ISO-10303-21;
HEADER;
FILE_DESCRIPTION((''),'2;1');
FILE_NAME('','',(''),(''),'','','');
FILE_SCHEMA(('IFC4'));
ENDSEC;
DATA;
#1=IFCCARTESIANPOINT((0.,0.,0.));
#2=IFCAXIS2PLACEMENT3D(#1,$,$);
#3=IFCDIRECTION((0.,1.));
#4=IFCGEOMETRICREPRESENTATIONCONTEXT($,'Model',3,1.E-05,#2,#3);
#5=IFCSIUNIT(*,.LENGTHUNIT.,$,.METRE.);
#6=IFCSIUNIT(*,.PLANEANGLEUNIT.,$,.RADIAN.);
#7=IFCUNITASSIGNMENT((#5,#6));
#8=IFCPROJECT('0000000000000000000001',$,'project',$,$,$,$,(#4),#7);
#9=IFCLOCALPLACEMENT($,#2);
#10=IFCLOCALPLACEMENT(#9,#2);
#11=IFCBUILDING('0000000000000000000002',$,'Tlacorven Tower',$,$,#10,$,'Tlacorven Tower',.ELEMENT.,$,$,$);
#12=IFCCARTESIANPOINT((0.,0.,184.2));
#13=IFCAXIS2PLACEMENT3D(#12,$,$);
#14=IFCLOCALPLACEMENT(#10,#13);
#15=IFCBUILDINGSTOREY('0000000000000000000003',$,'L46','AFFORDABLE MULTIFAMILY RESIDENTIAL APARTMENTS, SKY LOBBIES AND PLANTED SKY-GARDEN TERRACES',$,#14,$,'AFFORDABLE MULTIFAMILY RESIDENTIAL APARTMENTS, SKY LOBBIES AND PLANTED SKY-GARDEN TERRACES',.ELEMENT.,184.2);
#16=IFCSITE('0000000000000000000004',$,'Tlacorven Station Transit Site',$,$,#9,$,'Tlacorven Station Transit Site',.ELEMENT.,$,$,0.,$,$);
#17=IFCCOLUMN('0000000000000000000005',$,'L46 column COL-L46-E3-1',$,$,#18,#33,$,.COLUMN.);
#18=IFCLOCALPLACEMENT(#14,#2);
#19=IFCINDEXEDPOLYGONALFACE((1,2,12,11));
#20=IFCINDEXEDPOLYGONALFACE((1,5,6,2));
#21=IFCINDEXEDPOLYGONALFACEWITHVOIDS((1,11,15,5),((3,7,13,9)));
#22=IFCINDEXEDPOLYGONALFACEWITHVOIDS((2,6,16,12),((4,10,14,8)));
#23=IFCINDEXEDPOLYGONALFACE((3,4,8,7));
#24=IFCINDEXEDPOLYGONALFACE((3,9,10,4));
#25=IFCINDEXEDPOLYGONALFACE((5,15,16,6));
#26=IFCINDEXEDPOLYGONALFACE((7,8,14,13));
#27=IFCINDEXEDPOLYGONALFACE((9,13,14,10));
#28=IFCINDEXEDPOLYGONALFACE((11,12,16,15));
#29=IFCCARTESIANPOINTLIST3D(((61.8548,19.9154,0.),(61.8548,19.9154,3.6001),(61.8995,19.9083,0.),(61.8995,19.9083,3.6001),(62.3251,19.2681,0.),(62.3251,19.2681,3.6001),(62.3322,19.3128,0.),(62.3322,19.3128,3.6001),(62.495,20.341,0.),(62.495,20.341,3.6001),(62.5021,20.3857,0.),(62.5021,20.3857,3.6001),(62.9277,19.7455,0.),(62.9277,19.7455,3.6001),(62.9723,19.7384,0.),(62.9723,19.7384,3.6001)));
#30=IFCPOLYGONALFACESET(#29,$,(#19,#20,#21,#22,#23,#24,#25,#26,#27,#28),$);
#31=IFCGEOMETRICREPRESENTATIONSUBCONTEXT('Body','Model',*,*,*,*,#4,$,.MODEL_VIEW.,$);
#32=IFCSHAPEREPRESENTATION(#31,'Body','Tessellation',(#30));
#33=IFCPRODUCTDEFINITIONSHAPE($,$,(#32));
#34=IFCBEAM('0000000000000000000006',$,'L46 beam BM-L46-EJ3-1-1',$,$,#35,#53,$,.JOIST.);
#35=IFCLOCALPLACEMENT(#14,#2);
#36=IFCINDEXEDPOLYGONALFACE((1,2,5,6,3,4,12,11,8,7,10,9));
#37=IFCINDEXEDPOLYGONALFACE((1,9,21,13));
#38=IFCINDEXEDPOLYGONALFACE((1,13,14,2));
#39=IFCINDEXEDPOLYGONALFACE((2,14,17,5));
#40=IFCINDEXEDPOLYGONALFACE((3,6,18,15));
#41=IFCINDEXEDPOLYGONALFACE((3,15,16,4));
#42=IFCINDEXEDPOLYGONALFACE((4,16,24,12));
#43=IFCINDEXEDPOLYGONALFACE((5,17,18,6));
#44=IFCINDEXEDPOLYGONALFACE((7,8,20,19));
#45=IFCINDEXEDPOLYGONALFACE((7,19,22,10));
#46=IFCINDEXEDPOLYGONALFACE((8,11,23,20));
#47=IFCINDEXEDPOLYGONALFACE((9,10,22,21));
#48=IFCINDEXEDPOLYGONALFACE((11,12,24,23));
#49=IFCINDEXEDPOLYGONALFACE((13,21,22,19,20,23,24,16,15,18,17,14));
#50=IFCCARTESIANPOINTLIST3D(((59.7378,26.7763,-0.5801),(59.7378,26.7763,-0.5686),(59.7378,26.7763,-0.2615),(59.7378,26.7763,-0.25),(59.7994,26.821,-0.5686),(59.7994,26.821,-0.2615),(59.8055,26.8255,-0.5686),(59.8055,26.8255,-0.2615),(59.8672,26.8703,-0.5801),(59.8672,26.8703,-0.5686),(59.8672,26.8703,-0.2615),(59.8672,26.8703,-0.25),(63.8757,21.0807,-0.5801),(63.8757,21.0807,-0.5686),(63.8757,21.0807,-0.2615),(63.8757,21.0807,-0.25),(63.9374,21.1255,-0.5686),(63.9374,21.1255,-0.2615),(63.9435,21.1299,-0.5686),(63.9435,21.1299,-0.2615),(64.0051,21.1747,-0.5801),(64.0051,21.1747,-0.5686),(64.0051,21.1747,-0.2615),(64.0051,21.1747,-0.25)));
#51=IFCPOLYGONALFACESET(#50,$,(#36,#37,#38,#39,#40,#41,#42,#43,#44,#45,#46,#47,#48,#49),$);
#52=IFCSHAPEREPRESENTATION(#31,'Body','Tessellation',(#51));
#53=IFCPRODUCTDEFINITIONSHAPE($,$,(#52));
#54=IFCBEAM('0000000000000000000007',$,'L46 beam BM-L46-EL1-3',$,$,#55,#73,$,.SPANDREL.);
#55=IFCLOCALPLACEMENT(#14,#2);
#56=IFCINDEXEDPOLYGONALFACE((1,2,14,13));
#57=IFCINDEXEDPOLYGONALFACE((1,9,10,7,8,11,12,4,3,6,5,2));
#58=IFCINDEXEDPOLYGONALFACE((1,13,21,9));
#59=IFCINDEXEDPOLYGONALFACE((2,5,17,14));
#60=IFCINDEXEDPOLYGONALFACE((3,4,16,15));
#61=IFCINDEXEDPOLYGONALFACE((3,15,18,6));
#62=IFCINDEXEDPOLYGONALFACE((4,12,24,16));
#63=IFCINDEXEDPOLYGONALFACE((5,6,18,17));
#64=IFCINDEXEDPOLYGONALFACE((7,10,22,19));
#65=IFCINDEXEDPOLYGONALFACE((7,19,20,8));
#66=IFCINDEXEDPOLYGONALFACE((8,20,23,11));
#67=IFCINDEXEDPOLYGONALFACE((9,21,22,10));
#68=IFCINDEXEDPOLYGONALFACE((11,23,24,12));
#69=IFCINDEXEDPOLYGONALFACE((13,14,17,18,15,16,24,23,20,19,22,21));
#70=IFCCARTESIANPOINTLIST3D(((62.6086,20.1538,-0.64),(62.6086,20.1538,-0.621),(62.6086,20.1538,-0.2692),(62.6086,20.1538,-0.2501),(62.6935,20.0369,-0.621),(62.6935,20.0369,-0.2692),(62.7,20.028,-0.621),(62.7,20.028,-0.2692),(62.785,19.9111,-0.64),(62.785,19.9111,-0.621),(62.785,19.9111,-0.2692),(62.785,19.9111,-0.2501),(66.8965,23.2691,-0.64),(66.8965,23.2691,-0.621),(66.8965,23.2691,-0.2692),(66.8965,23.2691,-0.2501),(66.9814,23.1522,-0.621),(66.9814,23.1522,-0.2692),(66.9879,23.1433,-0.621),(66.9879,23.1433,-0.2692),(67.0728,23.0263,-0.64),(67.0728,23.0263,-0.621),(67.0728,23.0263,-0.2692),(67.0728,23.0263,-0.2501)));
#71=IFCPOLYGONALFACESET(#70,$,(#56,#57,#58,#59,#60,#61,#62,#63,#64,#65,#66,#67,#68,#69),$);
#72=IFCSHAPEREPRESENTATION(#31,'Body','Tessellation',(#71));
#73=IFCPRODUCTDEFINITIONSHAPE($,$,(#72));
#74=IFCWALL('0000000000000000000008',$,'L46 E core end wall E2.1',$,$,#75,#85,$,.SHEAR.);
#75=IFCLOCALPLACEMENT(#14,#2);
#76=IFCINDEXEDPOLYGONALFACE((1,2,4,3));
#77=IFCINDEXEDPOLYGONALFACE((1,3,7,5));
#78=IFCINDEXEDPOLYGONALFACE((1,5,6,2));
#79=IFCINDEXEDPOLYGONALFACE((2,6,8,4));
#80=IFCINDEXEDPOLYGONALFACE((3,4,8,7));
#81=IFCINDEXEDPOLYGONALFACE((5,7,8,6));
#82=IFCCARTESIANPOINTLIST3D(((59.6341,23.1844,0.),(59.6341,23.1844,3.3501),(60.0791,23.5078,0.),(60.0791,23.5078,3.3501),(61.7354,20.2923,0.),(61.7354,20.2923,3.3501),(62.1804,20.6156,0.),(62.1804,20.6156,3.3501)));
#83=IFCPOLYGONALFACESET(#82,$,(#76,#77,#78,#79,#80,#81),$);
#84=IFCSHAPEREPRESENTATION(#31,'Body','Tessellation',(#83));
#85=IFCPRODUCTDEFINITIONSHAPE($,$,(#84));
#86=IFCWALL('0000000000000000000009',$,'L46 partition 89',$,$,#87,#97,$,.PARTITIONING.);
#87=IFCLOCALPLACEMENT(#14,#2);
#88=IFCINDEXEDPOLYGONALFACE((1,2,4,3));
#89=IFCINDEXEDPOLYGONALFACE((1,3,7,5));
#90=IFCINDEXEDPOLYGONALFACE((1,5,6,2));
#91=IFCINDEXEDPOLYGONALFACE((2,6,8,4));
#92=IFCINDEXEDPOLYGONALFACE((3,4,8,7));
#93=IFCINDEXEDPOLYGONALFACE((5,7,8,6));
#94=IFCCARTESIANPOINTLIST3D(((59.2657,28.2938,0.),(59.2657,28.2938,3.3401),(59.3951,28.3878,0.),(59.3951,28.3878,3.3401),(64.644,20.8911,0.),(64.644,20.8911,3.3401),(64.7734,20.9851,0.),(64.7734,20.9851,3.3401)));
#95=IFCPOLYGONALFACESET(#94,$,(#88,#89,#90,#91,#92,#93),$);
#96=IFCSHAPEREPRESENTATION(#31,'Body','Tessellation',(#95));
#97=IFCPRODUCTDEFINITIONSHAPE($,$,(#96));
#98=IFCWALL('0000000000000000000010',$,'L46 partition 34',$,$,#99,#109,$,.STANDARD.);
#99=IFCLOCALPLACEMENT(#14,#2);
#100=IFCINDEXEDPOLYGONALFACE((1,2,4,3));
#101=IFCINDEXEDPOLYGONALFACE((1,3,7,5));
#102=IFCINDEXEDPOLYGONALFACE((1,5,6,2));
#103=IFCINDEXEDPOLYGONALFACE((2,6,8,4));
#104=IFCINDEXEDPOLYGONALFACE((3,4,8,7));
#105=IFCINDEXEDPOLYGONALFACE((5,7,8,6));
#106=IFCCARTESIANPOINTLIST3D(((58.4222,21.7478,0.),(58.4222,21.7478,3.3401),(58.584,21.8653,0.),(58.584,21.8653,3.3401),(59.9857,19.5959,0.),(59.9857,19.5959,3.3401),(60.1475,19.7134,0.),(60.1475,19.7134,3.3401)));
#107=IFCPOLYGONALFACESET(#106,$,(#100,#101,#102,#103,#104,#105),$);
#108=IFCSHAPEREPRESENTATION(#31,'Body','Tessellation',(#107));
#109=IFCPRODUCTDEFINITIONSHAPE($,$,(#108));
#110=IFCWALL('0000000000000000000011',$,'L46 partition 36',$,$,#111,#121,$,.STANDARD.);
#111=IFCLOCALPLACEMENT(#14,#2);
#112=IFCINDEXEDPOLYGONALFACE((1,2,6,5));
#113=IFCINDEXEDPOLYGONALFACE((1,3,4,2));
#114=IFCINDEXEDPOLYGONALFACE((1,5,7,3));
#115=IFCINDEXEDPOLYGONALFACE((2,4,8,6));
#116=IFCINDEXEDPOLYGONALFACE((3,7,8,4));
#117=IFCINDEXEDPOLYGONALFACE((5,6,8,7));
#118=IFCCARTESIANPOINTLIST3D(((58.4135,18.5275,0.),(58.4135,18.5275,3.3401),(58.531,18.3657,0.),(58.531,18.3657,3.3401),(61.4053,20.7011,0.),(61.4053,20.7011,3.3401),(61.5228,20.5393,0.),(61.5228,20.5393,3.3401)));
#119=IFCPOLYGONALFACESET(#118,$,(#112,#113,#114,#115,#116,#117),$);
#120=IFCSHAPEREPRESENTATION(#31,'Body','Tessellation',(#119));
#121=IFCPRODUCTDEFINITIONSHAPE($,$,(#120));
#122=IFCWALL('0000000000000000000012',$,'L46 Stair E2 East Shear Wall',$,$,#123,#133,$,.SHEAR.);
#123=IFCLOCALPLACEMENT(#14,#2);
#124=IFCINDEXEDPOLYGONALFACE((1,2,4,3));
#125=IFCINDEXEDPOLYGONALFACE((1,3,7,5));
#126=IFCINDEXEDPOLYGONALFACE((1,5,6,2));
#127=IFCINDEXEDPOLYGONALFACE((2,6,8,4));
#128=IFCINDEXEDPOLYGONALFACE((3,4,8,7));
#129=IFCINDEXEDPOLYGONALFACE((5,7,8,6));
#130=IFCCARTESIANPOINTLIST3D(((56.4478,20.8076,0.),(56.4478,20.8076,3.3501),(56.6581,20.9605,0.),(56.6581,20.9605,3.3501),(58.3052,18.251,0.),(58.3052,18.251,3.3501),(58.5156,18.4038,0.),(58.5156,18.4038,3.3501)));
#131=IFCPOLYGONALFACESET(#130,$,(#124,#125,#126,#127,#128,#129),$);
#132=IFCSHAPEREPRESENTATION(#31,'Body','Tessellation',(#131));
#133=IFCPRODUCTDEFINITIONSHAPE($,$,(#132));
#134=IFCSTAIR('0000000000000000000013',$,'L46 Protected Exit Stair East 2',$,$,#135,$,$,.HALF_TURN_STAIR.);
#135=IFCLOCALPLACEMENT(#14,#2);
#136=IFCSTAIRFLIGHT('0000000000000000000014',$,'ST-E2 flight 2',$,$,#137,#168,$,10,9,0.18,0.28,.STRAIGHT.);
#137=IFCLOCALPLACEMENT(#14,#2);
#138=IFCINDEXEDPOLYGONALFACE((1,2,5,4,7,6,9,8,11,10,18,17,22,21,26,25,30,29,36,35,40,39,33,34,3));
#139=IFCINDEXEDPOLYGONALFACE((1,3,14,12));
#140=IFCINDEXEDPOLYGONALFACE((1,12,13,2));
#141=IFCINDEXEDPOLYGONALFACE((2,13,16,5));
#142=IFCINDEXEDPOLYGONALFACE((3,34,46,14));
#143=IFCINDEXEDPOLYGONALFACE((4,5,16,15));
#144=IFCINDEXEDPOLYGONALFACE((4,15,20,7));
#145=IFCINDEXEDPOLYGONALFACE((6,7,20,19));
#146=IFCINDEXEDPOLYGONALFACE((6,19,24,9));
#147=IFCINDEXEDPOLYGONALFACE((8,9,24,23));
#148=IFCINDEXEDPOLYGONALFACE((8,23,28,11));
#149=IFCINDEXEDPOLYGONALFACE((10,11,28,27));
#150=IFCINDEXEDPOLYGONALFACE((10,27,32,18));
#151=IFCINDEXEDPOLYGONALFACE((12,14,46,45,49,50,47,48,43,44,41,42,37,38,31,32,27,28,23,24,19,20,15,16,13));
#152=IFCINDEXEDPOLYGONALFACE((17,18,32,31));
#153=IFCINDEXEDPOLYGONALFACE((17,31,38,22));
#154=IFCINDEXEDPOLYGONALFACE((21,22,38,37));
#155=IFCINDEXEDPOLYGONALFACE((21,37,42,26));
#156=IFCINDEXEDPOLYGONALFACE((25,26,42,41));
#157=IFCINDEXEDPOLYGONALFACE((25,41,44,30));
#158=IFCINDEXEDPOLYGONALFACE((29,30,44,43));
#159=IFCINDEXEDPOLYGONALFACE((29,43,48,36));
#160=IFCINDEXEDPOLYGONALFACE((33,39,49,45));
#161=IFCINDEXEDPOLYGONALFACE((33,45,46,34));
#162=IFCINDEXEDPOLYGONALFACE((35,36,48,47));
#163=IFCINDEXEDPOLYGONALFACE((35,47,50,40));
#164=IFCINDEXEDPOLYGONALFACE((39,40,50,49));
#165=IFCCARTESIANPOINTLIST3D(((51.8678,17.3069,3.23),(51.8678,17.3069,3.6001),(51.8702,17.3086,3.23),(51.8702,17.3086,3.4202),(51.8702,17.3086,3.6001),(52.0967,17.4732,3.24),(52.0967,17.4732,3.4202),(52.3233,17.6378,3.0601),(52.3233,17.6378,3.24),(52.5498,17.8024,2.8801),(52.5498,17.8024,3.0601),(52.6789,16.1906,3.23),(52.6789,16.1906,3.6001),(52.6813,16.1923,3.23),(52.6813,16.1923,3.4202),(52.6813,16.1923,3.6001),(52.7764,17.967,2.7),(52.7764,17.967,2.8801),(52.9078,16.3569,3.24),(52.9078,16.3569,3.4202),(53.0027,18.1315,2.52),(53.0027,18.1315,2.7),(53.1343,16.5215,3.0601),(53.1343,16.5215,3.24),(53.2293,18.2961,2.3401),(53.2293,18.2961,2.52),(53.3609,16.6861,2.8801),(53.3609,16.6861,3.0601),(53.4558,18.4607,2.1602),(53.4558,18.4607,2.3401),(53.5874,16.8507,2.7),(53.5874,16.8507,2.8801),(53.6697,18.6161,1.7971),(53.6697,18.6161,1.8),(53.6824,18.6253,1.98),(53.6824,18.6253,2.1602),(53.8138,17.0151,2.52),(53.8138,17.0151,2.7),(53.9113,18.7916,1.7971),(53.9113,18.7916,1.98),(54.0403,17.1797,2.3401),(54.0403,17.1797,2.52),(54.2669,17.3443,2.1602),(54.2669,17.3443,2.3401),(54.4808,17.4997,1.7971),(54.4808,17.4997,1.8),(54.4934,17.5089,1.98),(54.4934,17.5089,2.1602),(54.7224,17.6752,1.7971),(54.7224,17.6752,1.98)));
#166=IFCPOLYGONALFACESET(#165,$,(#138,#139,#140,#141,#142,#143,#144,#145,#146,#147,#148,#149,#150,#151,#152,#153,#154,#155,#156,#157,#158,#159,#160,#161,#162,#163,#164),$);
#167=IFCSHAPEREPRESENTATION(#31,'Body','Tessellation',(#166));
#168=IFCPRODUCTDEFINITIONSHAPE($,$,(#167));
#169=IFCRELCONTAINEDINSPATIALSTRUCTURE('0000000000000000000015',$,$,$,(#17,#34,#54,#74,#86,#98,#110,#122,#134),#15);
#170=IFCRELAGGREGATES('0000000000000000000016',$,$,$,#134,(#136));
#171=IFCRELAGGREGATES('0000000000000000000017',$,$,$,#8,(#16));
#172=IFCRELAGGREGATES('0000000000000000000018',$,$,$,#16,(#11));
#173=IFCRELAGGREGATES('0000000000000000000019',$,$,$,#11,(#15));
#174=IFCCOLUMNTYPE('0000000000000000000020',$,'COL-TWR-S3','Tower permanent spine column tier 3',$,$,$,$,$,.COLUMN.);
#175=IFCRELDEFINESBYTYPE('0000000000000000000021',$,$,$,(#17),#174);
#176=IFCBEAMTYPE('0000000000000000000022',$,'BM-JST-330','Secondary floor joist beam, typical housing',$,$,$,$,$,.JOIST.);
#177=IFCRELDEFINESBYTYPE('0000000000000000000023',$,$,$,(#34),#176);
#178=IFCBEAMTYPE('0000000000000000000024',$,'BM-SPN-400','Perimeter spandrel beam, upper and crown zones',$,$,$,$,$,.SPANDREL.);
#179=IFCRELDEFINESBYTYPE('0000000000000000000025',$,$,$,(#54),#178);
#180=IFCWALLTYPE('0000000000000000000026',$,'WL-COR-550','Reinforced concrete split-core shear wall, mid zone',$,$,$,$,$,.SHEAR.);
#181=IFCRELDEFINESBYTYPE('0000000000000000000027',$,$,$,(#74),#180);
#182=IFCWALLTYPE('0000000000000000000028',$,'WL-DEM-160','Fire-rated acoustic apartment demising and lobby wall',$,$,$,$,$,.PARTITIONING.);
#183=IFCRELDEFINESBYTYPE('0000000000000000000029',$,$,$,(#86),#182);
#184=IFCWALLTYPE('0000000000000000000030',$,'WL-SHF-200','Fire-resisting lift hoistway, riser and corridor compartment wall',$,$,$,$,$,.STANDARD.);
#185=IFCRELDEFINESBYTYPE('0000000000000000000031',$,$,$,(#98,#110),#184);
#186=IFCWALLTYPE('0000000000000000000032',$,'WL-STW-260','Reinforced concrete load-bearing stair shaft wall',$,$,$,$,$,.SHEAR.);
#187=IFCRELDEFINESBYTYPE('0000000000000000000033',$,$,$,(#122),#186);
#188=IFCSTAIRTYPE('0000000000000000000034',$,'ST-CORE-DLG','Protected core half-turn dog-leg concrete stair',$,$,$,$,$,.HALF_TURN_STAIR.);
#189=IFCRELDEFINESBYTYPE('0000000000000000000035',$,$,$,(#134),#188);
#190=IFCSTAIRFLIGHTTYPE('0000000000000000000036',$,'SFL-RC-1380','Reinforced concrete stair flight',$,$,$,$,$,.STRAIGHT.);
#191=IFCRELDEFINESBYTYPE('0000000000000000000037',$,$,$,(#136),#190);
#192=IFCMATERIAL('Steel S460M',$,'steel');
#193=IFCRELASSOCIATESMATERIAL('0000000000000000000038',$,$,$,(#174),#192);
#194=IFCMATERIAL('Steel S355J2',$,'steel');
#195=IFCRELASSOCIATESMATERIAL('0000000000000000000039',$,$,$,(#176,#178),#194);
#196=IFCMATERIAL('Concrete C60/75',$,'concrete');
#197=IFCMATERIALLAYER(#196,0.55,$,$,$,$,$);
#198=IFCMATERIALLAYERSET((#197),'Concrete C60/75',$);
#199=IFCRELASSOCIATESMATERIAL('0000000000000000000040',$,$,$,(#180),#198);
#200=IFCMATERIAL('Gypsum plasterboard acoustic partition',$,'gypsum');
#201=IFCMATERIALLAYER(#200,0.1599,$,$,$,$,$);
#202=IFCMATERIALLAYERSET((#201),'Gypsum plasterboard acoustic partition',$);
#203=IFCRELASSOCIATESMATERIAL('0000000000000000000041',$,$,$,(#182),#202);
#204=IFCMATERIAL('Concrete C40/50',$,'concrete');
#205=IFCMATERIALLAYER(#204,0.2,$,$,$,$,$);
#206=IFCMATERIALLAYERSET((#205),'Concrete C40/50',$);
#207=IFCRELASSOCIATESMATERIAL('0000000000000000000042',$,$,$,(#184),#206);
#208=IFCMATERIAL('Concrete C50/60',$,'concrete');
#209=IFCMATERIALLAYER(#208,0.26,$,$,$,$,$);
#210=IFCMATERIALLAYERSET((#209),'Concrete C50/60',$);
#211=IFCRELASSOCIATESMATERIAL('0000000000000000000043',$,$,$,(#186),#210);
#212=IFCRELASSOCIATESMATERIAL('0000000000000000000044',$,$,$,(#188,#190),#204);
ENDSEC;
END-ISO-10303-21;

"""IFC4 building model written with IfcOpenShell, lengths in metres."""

from ifc_helpers import new_model, si_unit, direction, frame, frame_2d, origin, origin_2d, place, context, subcontext, project, spatial, polyline, rectangle, hollow_rectangle, i_section, outline, extrude, source, transform, mapped, material, layer, layer_set, material_profile, profile_set, type_object, element, aggregate, save


model = new_model("IFC4")

# Units and contexts
model_context = context("Model", 3, precision=1e-05, world=origin(), true_north=direction((0.0, 1.0)))
body_context = subcontext(model_context, "Body", "Model", "MODEL_VIEW")
ifc_project = project(units=[si_unit("LENGTHUNIT", "METRE"), si_unit("PLANEANGLEUNIT", "RADIAN")], contexts=[model_context])

# Site, building, storey
site_placement = place(None, origin())
site = spatial("IfcSite", under=ifc_project, at=site_placement, Name="Tlacorven Station Transit Site", LongName="Tlacorven Station Transit Site", CompositionType="ELEMENT", RefElevation=0.0)
building_placement = place(site_placement, origin())
building = spatial("IfcBuilding", under=site, at=building_placement, Name="Tlacorven Tower", LongName="Tlacorven Tower", CompositionType="ELEMENT")
storey_placement = place(building_placement, frame((0.0, 0.0, 184.2)))
storey = spatial("IfcBuildingStorey", under=building, at=storey_placement, Name="L46", Description="AFFORDABLE MULTIFAMILY RESIDENTIAL APARTMENTS, SKY LOBBIES AND PLANTED SKY-GARDEN TERRACES", LongName="AFFORDABLE MULTIFAMILY RESIDENTIAL APARTMENTS, SKY LOBBIES AND PLANTED SKY-GARDEN TERRACES", CompositionType="ELEMENT", Elevation=184.2)

# Column
ifc_material_1 = material(Name="Steel S460M", Category="steel")
ifc_material_profile_1 = material_profile(ifc_material_1, hollow_rectangle(XDim=0.8, YDim=0.8, WallThickness=0.032, at=origin_2d()), Name="BOX 800X800X32")
ifc_profile_set_1 = profile_set([ifc_material_profile_1], Name="Steel S460M")
column_type = type_object("IfcColumnType", Name="COL-TWR-S3", Description="Tower permanent spine column tier 3", PredefinedType="COLUMN", material=ifc_profile_set_1)
shared_shape_1 = source(origin(), body_context, "Body", "SweptSolid", [
    extrude(hollow_rectangle(XDim=0.8, YDim=0.8, WallThickness=0.032, at=origin_2d()), origin(), (0.0, 0.0, 1.0), 3.6001),
])
column_placement = place(storey_placement, frame((62.4136, 19.8269, 0.0), z_axis=(0.0, 0.0, 1.0), x_axis=(0.809017, 0.587785, 0.0)))
element("IfcColumn", 1, at=column_placement, inside=storey, type_object=column_type, Name="L46 column COL-L46-E3-1", PredefinedType="COLUMN", context=body_context, shape_type="MappedRepresentation", body=[
    mapped(shared_shape_1, transform((0.0, 0.0, 0.0), scale=1.0)),
])

# Beams
ifc_material_2 = material(Name="Steel S355J2", Category="steel")
ifc_material_profile_2 = material_profile(ifc_material_2, i_section(OverallWidth=0.1599, OverallDepth=0.3301, WebThickness=0.0076, FlangeThickness=0.0115, at=origin_2d()), Name="IPE 330")
ifc_profile_set_2 = profile_set([ifc_material_profile_2], Name="Steel S355J2")
beam_type_1 = type_object("IfcBeamType", Name="BM-JST-330", Description="Secondary floor joist beam, typical housing", PredefinedType="JOIST", material=ifc_profile_set_2)
shared_shape_2 = source(origin(), body_context, "Body", "SweptSolid", [
    extrude(i_section(OverallWidth=0.1599, OverallDepth=0.3301, WebThickness=0.0076, FlangeThickness=0.0115, at=origin_2d()), origin(), (0.0, 0.0, 1.0), 7.04),
])
beam_1_placement = place(storey_placement, frame((63.9404, 21.1277, -0.415), z_axis=(-0.587774, 0.809025, 0.0), x_axis=(-0.809025, -0.587774, 0.0)))
element("IfcBeam", 2, at=beam_1_placement, inside=storey, type_object=beam_type_1, Name="L46 beam BM-L46-EJ3-1-1", PredefinedType="JOIST", context=body_context, shape_type="MappedRepresentation", body=[
    mapped(shared_shape_2, transform((0.0, 0.0, 0.0), scale=1.0)),
])
ifc_material_profile_3 = material_profile(ifc_material_2, i_section(OverallWidth=0.3, OverallDepth=0.3899, WebThickness=0.011, FlangeThickness=0.019, at=origin_2d()), Name="HEA 400")
ifc_profile_set_3 = profile_set([ifc_material_profile_3], Name="Steel S355J2")
beam_type_2 = type_object("IfcBeamType", Name="BM-SPN-400", Description="Perimeter spandrel beam, upper and crown zones", PredefinedType="SPANDREL", material=ifc_profile_set_3)
shared_shape_3 = source(origin(), body_context, "Body", "SweptSolid", [
    extrude(i_section(OverallWidth=0.3, OverallDepth=0.3899, WebThickness=0.011, FlangeThickness=0.019, at=origin_2d()), origin(), (0.0, 0.0, 1.0), 5.3),
])
beam_2_placement = place(storey_placement, frame((62.6968, 20.0325, -0.4451), z_axis=(0.809023, 0.587777, 0.0), x_axis=(-0.587777, 0.809023, 0.0)))
element("IfcBeam", 3, at=beam_2_placement, inside=storey, type_object=beam_type_2, Name="L46 beam BM-L46-EL1-3", PredefinedType="SPANDREL", context=body_context, shape_type="MappedRepresentation", body=[
    mapped(shared_shape_3, transform((0.0, 0.0, 0.0), scale=1.0)),
])

# Walls
ifc_material_3 = material(Name="Concrete C60/75", Category="concrete")
ifc_layer_1 = layer(ifc_material_3, 0.55)
ifc_layer_set_1 = layer_set([ifc_layer_1], Name="Concrete C60/75")
wall_type_1 = type_object("IfcWallType", Name="WL-COR-550", Description="Reinforced concrete split-core shear wall, mid zone", PredefinedType="SHEAR", material=ifc_layer_set_1)
wall_1_placement = place(storey_placement, frame((61.958, 20.4539, 0.0), z_axis=(0.0, 0.0, 1.0), x_axis=(-0.587802, 0.809005, 0.0)))
element("IfcWall", 4, at=wall_1_placement, inside=storey, type_object=wall_type_1, Name="L46 E core end wall E2.1", PredefinedType="SHEAR", context=body_context, shape_type="SweptSolid", body=[
    extrude(rectangle(XDim=3.575, YDim=0.55, at=frame_2d((1.7876, 0.0))), origin(), (0.0, 0.0, 1.0), 3.3501),
])
ifc_material_4 = material(Name="Gypsum plasterboard acoustic partition", Category="gypsum")
ifc_layer_2 = layer(ifc_material_4, 0.1599)
ifc_layer_set_2 = layer_set([ifc_layer_2], Name="Gypsum plasterboard acoustic partition")
wall_type_2 = type_object("IfcWallType", Name="WL-DEM-160", Description="Fire-rated acoustic apartment demising and lobby wall", PredefinedType="PARTITIONING", material=ifc_layer_set_2)
wall_2_placement = place(storey_placement, frame((64.7087, 20.938, 0.0), z_axis=(0.0, 0.0, 1.0), x_axis=(-0.587777, 0.809023, 0.0)))
element("IfcWall", 5, at=wall_2_placement, inside=storey, type_object=wall_type_2, Name="L46 partition 89", PredefinedType="PARTITIONING", context=body_context, shape_type="SweptSolid", body=[
    extrude(rectangle(XDim=9.1501, YDim=0.1599, at=frame_2d((4.5752, 0.0))), origin(), (0.0, 0.0, 1.0), 3.3401),
])

# Shared definitions
ifc_material_5 = material(Name="Concrete C40/50", Category="concrete")
ifc_layer_3 = layer(ifc_material_5, 0.2)
ifc_layer_set_3 = layer_set([ifc_layer_3], Name="Concrete C40/50")
wall_type_3 = type_object("IfcWallType", Name="WL-SHF-200", Description="Fire-resisting lift hoistway, riser and corridor compartment wall", PredefinedType="STANDARD", material=ifc_layer_set_3)

# Walls
wall_3_placement = place(storey_placement, frame((60.0667, 19.6545, 0.0), z_axis=(0.0, 0.0, 1.0), x_axis=(-0.587801, 0.809006, 0.0)))
element("IfcWall", 6, at=wall_3_placement, inside=storey, type_object=wall_type_3, Name="L46 partition 34", PredefinedType="STANDARD", context=body_context, shape_type="SweptSolid", body=[
    extrude(rectangle(XDim=2.6599, YDim=0.2, at=frame_2d((1.3301, 0.0))), origin(), (0.0, 0.0, 1.0), 3.3401),
])
wall_4_placement = place(storey_placement, frame((58.4722, 18.4465, 0.0), z_axis=(0.0, 0.0, 1.0), x_axis=(0.809019, 0.587783, 0.0)))
element("IfcWall", 7, at=wall_4_placement, inside=storey, type_object=wall_type_3, Name="L46 partition 36", PredefinedType="STANDARD", context=body_context, shape_type="SweptSolid", body=[
    extrude(rectangle(XDim=3.698, YDim=0.2, at=frame_2d((1.8491, 0.0))), origin(), (0.0, 0.0, 1.0), 3.3401),
])
ifc_material_6 = material(Name="Concrete C50/60", Category="concrete")
ifc_layer_4 = layer(ifc_material_6, 0.26)
ifc_layer_set_4 = layer_set([ifc_layer_4], Name="Concrete C50/60")
wall_type_4 = type_object("IfcWallType", Name="WL-STW-260", Description="Reinforced concrete load-bearing stair shaft wall", PredefinedType="SHEAR", material=ifc_layer_set_4)
wall_5_placement = place(storey_placement, frame((58.4104, 18.3274, 0.0), z_axis=(0.0, 0.0, 1.0), x_axis=(-0.587767, 0.80903, 0.0)))
element("IfcWall", 8, at=wall_5_placement, inside=storey, type_object=wall_type_4, Name="L46 Stair E2 East Shear Wall", PredefinedType="SHEAR", context=body_context, shape_type="SweptSolid", body=[
    extrude(rectangle(XDim=3.1602, YDim=0.26, at=frame_2d((1.5801, 0.0))), origin(), (0.0, 0.0, 1.0), 3.3501),
])

# Stair, stair flight
stair_type = type_object("IfcStairType", Name="ST-CORE-DLG", Description="Protected core half-turn dog-leg concrete stair", PredefinedType="HALF_TURN_STAIR", material=ifc_material_5)
stair_placement = place(storey_placement, origin())
stair = element("IfcStair", 9, at=stair_placement, inside=storey, type_object=stair_type, Name="L46 Protected Exit Stair East 2", PredefinedType="HALF_TURN_STAIR")
stair_flight_type = type_object("IfcStairFlightType", Name="SFL-RC-1380", Description="Reinforced concrete stair flight", PredefinedType="STRAIGHT", material=ifc_material_5)
shared_shape_4 = source(origin(), body_context, "Body", "SweptSolid", [
    extrude(outline(polyline([(-0.0029, -0.0029), (-0.0029, 0.1799), (0.28, 0.1799), (0.28, 0.3601), (0.5601, 0.3601), (0.5601, 0.54), (0.8401, 0.54), (0.8401, 0.72), (1.1201, 0.72), (1.1201, 0.8999), (1.3999, 0.8999), (1.3999, 1.0801), (1.6799, 1.0801), (1.6799, 1.26), (1.96, 1.26), (1.96, 1.4399), (2.24, 1.4399), (2.24, 1.6201), (2.52, 1.6201), (2.52, 1.8), (2.5229, 1.8), (2.5229, 1.4299), (2.52, 1.4299), (0.2957, 0.0), (0.2957, -0.0029), (-0.0029, -0.0029)])), frame((0.0, 0.6899, 0.0), z_axis=(0.0, -1.0, 0.0), x_axis=(1.0, 0.0, 0.0)), (0.0, 0.0, 1.0), 1.3799),
])
stair_flight_placement = place(storey_placement, frame((54.3145, 18.2317, 1.8), z_axis=(0.0, 0.0, 1.0), x_axis=(-0.809017, -0.587785, 0.0)))
stair_flight = element("IfcStairFlight", 10, at=stair_flight_placement, type_object=stair_flight_type, Name="ST-E2 flight 2", NumberOfRisers=10, NumberOfTreads=9, PredefinedType="STRAIGHT", RiserHeight=0.18, TreadLength=0.28, context=body_context, shape_type="MappedRepresentation", body=[
    mapped(shared_shape_4, transform((0.0, 0.0, 0.0), scale=1.0)),
])
aggregate(stair, [stair_flight])

save(model, "model.ifc")
